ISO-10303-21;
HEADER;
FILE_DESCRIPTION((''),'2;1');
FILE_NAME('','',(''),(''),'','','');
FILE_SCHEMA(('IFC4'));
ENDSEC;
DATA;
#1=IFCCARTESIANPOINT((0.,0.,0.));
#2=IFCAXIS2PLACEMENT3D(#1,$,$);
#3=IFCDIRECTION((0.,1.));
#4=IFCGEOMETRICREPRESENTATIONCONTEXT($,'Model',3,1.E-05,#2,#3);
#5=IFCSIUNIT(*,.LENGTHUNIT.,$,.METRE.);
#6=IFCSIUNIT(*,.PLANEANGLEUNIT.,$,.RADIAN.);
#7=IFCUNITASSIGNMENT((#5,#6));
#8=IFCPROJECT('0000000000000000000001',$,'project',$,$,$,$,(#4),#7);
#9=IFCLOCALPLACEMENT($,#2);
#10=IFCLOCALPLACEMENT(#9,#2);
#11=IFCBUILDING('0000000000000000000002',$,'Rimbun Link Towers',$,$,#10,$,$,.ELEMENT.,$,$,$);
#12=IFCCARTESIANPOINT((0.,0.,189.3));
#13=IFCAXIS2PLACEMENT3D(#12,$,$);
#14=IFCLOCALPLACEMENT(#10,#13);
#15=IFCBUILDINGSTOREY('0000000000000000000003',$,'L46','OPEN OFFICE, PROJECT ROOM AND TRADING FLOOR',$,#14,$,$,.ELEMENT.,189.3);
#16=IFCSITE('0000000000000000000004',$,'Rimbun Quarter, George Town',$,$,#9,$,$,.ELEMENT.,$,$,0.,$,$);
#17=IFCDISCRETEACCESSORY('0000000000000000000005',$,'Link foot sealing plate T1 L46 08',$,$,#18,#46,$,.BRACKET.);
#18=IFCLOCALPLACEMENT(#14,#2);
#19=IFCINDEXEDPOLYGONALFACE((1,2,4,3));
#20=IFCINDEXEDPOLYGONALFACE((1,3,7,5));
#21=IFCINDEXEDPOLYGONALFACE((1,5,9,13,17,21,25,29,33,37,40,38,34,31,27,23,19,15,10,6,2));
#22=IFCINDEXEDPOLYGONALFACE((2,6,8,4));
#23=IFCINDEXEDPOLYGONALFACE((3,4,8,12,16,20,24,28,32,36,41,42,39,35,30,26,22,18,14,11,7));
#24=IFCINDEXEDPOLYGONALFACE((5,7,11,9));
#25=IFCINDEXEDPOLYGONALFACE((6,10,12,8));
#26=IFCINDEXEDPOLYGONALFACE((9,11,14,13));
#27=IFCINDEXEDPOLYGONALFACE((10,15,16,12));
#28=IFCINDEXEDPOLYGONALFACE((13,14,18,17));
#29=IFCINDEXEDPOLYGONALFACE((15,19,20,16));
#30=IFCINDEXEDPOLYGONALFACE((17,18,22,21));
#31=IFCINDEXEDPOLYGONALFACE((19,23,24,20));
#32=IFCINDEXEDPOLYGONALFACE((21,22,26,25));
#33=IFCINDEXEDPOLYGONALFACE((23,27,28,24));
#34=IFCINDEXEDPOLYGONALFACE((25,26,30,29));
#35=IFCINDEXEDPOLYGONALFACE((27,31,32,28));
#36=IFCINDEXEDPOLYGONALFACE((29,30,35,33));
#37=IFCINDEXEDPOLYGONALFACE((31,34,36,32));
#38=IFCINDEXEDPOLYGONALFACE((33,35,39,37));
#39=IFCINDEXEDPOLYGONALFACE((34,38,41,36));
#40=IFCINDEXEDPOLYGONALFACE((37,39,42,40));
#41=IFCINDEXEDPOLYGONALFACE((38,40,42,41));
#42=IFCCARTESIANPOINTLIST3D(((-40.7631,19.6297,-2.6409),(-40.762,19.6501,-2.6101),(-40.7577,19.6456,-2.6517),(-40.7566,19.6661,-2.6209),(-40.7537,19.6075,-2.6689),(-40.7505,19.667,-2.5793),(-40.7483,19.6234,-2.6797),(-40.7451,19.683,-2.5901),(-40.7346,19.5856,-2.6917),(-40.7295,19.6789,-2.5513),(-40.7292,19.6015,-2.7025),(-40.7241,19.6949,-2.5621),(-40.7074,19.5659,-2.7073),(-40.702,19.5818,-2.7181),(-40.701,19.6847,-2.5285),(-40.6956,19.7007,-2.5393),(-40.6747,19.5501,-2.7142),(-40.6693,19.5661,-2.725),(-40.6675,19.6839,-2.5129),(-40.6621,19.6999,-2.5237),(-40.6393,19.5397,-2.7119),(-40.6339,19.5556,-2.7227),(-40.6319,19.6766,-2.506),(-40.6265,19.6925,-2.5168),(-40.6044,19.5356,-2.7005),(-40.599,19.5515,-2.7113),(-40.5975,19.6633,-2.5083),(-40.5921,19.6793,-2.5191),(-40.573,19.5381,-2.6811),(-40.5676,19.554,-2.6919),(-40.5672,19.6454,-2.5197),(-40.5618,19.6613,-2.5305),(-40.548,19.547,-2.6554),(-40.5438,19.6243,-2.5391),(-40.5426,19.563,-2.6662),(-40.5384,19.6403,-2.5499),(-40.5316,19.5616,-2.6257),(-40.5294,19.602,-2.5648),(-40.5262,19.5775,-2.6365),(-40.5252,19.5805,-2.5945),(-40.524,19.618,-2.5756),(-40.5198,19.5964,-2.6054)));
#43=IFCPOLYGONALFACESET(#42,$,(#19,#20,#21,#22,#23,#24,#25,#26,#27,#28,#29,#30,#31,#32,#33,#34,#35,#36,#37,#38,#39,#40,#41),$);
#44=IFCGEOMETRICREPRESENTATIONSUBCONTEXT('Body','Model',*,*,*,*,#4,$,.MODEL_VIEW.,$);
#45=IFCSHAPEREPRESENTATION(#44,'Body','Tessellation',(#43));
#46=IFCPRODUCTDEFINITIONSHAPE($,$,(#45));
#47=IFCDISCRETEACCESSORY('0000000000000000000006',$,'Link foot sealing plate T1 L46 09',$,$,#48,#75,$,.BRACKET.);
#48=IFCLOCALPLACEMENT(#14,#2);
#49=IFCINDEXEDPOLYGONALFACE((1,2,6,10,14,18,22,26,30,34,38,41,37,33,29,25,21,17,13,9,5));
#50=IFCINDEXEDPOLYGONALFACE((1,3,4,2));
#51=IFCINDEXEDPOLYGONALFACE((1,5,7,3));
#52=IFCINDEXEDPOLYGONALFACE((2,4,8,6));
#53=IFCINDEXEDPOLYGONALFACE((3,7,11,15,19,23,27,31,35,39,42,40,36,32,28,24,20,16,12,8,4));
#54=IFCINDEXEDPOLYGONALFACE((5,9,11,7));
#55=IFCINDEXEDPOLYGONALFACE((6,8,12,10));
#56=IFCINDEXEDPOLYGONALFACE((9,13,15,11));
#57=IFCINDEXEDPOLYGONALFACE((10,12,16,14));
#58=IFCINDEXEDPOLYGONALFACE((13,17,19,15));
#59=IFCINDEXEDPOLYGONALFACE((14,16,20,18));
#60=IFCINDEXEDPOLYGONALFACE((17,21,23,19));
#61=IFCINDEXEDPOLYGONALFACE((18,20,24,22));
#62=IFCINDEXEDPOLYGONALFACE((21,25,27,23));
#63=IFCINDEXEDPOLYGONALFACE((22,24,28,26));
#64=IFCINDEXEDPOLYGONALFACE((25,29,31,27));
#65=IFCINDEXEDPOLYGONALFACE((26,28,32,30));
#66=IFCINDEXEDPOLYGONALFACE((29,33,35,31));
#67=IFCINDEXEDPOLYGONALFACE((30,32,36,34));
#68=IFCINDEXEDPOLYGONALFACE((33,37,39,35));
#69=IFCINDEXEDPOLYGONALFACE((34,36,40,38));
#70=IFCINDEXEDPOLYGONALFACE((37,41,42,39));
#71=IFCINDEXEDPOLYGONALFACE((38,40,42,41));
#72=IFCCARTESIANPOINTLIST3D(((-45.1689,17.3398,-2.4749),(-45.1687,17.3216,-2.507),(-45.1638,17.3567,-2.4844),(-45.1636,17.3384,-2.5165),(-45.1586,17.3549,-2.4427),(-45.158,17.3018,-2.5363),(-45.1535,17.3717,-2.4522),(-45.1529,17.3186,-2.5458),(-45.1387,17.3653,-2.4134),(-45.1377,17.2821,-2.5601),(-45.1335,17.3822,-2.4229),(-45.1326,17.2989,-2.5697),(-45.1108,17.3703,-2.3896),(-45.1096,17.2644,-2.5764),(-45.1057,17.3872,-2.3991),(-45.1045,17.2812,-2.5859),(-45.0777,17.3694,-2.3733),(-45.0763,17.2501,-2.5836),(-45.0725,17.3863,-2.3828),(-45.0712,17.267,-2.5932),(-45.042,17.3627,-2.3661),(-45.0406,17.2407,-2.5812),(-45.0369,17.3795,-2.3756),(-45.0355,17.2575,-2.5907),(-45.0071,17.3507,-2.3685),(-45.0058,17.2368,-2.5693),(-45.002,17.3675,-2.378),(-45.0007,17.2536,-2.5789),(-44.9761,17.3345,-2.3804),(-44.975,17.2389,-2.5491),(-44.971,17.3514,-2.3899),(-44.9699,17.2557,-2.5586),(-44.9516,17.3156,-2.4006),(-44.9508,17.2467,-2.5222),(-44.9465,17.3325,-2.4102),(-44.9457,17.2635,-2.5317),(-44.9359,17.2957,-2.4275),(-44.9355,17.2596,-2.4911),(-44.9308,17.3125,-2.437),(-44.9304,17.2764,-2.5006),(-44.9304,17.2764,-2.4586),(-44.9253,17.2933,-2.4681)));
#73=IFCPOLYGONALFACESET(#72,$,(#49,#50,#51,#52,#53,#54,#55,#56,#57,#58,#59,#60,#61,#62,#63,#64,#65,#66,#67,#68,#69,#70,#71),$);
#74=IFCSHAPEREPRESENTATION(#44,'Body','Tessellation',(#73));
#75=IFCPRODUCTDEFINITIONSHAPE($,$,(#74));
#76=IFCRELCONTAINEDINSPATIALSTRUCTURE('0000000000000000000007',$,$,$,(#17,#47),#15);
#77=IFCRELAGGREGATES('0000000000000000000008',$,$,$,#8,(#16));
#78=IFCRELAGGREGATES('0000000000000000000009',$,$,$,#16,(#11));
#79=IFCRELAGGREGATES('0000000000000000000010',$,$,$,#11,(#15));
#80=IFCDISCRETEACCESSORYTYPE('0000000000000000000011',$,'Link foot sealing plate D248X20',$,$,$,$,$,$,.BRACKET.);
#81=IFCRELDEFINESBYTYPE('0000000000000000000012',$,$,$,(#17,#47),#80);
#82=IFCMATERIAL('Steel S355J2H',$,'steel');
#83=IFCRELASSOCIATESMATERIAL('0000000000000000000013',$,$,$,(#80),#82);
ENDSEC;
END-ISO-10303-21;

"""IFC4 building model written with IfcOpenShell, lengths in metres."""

from ifc_helpers import new_model, si_unit, direction, frame, origin, origin_2d, place, context, subcontext, project, spatial, circle, extrude, material, material_profile, profile_set, type_object, element, save


model = new_model("IFC4")

# Units and contexts
model_context = context("Model", 3, precision=1e-05, world=origin(), true_north=direction((0.0, 1.0)))
body_context = subcontext(model_context, "Body", "Model", "MODEL_VIEW")
ifc_project = project(units=[si_unit("LENGTHUNIT", "METRE"), si_unit("PLANEANGLEUNIT", "RADIAN")], contexts=[model_context])

# Site, building, storey
site_placement = place(None, origin())
site = spatial("IfcSite", under=ifc_project, at=site_placement, Name="Rimbun Quarter, George Town", CompositionType="ELEMENT", RefElevation=0.0)
building_placement = place(site_placement, origin())
building = spatial("IfcBuilding", under=site, at=building_placement, Name="Rimbun Link Towers", CompositionType="ELEMENT")
storey_placement = place(building_placement, frame((0.0, 0.0, 189.3)))
storey = spatial("IfcBuildingStorey", under=building, at=storey_placement, Name="L46", Description="OPEN OFFICE, PROJECT ROOM AND TRADING FLOOR", CompositionType="ELEMENT", Elevation=189.3)

# Discrete accessories
ifc_material_1 = material(Name="Steel S355J2H", Category="steel")
ifc_material_profile_1 = material_profile(ifc_material_1, circle(Radius=0.124, at=origin_2d()), Name="PL D248")
ifc_profile_set_1 = profile_set([ifc_material_profile_1], Name="Steel S355J2H")
discrete_accessory_type = type_object("IfcDiscreteAccessoryType", Name="Link foot sealing plate D248X20", PredefinedType="BRACKET", material=ifc_profile_set_1)
for number, where, z_axis, x_axis, name in (
    (1, (-40.6445, 19.6104, -2.6101), (0.269883, 0.797381, -0.539766), (-0.947216, 0.320596, 0.0), "Link foot sealing plate T1 L46 08"),
    (2, (-45.0503, 17.3037, -2.4749), (0.256117, 0.841526, -0.475645), (-0.956674, 0.291162, 0.0), "Link foot sealing plate T1 L46 09"),
):
    element("IfcDiscreteAccessory", number, at=place(storey_placement, frame(where, z_axis=z_axis, x_axis=x_axis)), inside=storey, type_object=discrete_accessory_type, Name=name, PredefinedType="BRACKET", context=body_context, shape_type="SweptSolid", body=[
        extrude(circle(Radius=0.124, at=origin_2d()), origin(), (0.0, 0.0, 1.0), 0.02),
    ])

save(model, "model.ifc")
